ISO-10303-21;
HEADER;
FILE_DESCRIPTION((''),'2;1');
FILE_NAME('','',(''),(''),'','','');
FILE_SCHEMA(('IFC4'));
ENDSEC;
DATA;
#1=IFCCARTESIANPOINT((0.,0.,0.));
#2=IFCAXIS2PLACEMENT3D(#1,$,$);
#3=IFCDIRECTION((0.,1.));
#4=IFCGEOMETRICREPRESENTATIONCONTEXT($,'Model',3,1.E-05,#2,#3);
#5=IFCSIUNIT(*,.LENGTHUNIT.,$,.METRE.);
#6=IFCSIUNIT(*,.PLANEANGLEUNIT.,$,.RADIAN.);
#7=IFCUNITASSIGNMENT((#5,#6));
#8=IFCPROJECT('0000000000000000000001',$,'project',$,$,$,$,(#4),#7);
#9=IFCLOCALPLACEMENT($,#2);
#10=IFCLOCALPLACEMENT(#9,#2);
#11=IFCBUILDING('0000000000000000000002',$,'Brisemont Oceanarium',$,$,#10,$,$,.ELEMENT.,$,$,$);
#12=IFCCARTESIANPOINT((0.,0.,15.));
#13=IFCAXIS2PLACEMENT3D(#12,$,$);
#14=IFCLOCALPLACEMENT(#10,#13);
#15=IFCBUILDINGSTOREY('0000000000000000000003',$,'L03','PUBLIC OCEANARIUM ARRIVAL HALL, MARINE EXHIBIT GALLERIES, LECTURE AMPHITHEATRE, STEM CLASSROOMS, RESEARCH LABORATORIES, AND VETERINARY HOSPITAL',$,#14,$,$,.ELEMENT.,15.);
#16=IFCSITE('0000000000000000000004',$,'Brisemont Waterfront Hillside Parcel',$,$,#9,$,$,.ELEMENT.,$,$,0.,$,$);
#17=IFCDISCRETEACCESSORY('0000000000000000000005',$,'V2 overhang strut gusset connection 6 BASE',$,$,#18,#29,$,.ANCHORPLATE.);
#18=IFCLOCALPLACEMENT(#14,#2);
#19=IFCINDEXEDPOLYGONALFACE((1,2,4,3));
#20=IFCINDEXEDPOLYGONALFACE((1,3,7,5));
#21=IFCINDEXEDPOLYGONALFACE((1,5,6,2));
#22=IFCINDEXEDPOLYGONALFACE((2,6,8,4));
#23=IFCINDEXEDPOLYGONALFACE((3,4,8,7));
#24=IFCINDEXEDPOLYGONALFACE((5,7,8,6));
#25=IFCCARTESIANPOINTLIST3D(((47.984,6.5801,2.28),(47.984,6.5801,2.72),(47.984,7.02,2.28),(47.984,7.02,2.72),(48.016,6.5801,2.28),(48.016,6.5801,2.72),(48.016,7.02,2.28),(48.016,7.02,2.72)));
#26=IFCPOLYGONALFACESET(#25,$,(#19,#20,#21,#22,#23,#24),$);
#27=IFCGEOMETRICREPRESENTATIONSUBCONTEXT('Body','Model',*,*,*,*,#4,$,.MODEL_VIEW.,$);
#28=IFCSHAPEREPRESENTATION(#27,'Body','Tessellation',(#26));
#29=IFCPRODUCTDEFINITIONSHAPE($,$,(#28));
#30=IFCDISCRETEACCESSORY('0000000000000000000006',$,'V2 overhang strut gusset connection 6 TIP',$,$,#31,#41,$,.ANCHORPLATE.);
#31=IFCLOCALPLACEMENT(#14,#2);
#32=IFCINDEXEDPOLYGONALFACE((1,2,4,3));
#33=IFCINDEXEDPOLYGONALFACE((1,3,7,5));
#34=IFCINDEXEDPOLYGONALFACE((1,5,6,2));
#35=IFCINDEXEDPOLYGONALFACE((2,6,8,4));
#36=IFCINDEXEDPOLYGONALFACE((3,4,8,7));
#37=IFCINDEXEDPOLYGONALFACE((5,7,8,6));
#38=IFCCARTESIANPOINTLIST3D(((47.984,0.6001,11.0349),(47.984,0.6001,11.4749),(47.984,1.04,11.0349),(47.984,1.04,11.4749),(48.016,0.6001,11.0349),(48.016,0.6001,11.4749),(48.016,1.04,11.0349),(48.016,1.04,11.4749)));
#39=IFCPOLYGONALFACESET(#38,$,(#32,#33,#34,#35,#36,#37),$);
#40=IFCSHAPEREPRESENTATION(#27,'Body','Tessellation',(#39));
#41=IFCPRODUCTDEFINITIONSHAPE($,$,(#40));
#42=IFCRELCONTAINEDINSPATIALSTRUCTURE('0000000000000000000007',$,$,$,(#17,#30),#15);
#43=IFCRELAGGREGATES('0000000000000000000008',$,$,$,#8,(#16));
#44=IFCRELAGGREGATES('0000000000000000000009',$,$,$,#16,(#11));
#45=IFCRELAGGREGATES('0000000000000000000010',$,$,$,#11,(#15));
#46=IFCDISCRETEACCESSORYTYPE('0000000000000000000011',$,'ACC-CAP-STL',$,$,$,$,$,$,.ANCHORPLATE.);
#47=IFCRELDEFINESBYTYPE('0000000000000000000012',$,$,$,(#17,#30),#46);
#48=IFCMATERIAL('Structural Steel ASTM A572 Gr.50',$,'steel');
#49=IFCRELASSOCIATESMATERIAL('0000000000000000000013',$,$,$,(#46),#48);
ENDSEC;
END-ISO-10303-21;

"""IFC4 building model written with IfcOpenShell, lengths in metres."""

from ifc_helpers import new_model, si_unit, direction, frame, origin, origin_2d, place, context, subcontext, project, spatial, rectangle, extrude, material, type_object, element, save


model = new_model("IFC4")

# Units and contexts
model_context = context("Model", 3, precision=1e-05, world=origin(), true_north=direction((0.0, 1.0)))
body_context = subcontext(model_context, "Body", "Model", "MODEL_VIEW")
ifc_project = project(units=[si_unit("LENGTHUNIT", "METRE"), si_unit("PLANEANGLEUNIT", "RADIAN")], contexts=[model_context])

# Site, building, storey
site_placement = place(None, origin())
site = spatial("IfcSite", under=ifc_project, at=site_placement, Name="Brisemont Waterfront Hillside Parcel", CompositionType="ELEMENT", RefElevation=0.0)
building_placement = place(site_placement, origin())
building = spatial("IfcBuilding", under=site, at=building_placement, Name="Brisemont Oceanarium", CompositionType="ELEMENT")
storey_placement = place(building_placement, frame((0.0, 0.0, 15.0)))
storey = spatial("IfcBuildingStorey", under=building, at=storey_placement, Name="L03", Description="PUBLIC OCEANARIUM ARRIVAL HALL, MARINE EXHIBIT GALLERIES, LECTURE AMPHITHEATRE, STEM CLASSROOMS, RESEARCH LABORATORIES, AND VETERINARY HOSPITAL", CompositionType="ELEMENT", Elevation=15.0)

# Discrete accessories
ifc_material_1 = material(Name="Structural Steel ASTM A572 Gr.50", Category="steel")
discrete_accessory_type_1 = type_object("IfcDiscreteAccessoryType", Name="ACC-CAP-STL", PredefinedType="ANCHORPLATE", material=ifc_material_1)
for number, where, z_axis, x_axis, name in (
    (1, (48.0, 6.8, 2.28), (0.0, 0.0, 1.0), (1.0, 0.0, 0.0), "V2 overhang strut gusset connection 6 BASE"),
    (2, (48.0, 0.8201, 11.0349), (0.0, 0.0, 1.0), (1.0, 0.0, 0.0), "V2 overhang strut gusset connection 6 TIP"),
):
    element("IfcDiscreteAccessory", number, at=place(storey_placement, frame(where, z_axis=z_axis, x_axis=x_axis)), inside=storey, type_object=discrete_accessory_type_1, Name=name, PredefinedType="ANCHORPLATE", context=body_context, shape_type="SweptSolid", body=[
        extrude(rectangle(XDim=0.032, YDim=0.4399, at=origin_2d()), origin(), (0.0, 0.0, 1.0), 0.4399),
    ])

save(model, "model.ifc")
